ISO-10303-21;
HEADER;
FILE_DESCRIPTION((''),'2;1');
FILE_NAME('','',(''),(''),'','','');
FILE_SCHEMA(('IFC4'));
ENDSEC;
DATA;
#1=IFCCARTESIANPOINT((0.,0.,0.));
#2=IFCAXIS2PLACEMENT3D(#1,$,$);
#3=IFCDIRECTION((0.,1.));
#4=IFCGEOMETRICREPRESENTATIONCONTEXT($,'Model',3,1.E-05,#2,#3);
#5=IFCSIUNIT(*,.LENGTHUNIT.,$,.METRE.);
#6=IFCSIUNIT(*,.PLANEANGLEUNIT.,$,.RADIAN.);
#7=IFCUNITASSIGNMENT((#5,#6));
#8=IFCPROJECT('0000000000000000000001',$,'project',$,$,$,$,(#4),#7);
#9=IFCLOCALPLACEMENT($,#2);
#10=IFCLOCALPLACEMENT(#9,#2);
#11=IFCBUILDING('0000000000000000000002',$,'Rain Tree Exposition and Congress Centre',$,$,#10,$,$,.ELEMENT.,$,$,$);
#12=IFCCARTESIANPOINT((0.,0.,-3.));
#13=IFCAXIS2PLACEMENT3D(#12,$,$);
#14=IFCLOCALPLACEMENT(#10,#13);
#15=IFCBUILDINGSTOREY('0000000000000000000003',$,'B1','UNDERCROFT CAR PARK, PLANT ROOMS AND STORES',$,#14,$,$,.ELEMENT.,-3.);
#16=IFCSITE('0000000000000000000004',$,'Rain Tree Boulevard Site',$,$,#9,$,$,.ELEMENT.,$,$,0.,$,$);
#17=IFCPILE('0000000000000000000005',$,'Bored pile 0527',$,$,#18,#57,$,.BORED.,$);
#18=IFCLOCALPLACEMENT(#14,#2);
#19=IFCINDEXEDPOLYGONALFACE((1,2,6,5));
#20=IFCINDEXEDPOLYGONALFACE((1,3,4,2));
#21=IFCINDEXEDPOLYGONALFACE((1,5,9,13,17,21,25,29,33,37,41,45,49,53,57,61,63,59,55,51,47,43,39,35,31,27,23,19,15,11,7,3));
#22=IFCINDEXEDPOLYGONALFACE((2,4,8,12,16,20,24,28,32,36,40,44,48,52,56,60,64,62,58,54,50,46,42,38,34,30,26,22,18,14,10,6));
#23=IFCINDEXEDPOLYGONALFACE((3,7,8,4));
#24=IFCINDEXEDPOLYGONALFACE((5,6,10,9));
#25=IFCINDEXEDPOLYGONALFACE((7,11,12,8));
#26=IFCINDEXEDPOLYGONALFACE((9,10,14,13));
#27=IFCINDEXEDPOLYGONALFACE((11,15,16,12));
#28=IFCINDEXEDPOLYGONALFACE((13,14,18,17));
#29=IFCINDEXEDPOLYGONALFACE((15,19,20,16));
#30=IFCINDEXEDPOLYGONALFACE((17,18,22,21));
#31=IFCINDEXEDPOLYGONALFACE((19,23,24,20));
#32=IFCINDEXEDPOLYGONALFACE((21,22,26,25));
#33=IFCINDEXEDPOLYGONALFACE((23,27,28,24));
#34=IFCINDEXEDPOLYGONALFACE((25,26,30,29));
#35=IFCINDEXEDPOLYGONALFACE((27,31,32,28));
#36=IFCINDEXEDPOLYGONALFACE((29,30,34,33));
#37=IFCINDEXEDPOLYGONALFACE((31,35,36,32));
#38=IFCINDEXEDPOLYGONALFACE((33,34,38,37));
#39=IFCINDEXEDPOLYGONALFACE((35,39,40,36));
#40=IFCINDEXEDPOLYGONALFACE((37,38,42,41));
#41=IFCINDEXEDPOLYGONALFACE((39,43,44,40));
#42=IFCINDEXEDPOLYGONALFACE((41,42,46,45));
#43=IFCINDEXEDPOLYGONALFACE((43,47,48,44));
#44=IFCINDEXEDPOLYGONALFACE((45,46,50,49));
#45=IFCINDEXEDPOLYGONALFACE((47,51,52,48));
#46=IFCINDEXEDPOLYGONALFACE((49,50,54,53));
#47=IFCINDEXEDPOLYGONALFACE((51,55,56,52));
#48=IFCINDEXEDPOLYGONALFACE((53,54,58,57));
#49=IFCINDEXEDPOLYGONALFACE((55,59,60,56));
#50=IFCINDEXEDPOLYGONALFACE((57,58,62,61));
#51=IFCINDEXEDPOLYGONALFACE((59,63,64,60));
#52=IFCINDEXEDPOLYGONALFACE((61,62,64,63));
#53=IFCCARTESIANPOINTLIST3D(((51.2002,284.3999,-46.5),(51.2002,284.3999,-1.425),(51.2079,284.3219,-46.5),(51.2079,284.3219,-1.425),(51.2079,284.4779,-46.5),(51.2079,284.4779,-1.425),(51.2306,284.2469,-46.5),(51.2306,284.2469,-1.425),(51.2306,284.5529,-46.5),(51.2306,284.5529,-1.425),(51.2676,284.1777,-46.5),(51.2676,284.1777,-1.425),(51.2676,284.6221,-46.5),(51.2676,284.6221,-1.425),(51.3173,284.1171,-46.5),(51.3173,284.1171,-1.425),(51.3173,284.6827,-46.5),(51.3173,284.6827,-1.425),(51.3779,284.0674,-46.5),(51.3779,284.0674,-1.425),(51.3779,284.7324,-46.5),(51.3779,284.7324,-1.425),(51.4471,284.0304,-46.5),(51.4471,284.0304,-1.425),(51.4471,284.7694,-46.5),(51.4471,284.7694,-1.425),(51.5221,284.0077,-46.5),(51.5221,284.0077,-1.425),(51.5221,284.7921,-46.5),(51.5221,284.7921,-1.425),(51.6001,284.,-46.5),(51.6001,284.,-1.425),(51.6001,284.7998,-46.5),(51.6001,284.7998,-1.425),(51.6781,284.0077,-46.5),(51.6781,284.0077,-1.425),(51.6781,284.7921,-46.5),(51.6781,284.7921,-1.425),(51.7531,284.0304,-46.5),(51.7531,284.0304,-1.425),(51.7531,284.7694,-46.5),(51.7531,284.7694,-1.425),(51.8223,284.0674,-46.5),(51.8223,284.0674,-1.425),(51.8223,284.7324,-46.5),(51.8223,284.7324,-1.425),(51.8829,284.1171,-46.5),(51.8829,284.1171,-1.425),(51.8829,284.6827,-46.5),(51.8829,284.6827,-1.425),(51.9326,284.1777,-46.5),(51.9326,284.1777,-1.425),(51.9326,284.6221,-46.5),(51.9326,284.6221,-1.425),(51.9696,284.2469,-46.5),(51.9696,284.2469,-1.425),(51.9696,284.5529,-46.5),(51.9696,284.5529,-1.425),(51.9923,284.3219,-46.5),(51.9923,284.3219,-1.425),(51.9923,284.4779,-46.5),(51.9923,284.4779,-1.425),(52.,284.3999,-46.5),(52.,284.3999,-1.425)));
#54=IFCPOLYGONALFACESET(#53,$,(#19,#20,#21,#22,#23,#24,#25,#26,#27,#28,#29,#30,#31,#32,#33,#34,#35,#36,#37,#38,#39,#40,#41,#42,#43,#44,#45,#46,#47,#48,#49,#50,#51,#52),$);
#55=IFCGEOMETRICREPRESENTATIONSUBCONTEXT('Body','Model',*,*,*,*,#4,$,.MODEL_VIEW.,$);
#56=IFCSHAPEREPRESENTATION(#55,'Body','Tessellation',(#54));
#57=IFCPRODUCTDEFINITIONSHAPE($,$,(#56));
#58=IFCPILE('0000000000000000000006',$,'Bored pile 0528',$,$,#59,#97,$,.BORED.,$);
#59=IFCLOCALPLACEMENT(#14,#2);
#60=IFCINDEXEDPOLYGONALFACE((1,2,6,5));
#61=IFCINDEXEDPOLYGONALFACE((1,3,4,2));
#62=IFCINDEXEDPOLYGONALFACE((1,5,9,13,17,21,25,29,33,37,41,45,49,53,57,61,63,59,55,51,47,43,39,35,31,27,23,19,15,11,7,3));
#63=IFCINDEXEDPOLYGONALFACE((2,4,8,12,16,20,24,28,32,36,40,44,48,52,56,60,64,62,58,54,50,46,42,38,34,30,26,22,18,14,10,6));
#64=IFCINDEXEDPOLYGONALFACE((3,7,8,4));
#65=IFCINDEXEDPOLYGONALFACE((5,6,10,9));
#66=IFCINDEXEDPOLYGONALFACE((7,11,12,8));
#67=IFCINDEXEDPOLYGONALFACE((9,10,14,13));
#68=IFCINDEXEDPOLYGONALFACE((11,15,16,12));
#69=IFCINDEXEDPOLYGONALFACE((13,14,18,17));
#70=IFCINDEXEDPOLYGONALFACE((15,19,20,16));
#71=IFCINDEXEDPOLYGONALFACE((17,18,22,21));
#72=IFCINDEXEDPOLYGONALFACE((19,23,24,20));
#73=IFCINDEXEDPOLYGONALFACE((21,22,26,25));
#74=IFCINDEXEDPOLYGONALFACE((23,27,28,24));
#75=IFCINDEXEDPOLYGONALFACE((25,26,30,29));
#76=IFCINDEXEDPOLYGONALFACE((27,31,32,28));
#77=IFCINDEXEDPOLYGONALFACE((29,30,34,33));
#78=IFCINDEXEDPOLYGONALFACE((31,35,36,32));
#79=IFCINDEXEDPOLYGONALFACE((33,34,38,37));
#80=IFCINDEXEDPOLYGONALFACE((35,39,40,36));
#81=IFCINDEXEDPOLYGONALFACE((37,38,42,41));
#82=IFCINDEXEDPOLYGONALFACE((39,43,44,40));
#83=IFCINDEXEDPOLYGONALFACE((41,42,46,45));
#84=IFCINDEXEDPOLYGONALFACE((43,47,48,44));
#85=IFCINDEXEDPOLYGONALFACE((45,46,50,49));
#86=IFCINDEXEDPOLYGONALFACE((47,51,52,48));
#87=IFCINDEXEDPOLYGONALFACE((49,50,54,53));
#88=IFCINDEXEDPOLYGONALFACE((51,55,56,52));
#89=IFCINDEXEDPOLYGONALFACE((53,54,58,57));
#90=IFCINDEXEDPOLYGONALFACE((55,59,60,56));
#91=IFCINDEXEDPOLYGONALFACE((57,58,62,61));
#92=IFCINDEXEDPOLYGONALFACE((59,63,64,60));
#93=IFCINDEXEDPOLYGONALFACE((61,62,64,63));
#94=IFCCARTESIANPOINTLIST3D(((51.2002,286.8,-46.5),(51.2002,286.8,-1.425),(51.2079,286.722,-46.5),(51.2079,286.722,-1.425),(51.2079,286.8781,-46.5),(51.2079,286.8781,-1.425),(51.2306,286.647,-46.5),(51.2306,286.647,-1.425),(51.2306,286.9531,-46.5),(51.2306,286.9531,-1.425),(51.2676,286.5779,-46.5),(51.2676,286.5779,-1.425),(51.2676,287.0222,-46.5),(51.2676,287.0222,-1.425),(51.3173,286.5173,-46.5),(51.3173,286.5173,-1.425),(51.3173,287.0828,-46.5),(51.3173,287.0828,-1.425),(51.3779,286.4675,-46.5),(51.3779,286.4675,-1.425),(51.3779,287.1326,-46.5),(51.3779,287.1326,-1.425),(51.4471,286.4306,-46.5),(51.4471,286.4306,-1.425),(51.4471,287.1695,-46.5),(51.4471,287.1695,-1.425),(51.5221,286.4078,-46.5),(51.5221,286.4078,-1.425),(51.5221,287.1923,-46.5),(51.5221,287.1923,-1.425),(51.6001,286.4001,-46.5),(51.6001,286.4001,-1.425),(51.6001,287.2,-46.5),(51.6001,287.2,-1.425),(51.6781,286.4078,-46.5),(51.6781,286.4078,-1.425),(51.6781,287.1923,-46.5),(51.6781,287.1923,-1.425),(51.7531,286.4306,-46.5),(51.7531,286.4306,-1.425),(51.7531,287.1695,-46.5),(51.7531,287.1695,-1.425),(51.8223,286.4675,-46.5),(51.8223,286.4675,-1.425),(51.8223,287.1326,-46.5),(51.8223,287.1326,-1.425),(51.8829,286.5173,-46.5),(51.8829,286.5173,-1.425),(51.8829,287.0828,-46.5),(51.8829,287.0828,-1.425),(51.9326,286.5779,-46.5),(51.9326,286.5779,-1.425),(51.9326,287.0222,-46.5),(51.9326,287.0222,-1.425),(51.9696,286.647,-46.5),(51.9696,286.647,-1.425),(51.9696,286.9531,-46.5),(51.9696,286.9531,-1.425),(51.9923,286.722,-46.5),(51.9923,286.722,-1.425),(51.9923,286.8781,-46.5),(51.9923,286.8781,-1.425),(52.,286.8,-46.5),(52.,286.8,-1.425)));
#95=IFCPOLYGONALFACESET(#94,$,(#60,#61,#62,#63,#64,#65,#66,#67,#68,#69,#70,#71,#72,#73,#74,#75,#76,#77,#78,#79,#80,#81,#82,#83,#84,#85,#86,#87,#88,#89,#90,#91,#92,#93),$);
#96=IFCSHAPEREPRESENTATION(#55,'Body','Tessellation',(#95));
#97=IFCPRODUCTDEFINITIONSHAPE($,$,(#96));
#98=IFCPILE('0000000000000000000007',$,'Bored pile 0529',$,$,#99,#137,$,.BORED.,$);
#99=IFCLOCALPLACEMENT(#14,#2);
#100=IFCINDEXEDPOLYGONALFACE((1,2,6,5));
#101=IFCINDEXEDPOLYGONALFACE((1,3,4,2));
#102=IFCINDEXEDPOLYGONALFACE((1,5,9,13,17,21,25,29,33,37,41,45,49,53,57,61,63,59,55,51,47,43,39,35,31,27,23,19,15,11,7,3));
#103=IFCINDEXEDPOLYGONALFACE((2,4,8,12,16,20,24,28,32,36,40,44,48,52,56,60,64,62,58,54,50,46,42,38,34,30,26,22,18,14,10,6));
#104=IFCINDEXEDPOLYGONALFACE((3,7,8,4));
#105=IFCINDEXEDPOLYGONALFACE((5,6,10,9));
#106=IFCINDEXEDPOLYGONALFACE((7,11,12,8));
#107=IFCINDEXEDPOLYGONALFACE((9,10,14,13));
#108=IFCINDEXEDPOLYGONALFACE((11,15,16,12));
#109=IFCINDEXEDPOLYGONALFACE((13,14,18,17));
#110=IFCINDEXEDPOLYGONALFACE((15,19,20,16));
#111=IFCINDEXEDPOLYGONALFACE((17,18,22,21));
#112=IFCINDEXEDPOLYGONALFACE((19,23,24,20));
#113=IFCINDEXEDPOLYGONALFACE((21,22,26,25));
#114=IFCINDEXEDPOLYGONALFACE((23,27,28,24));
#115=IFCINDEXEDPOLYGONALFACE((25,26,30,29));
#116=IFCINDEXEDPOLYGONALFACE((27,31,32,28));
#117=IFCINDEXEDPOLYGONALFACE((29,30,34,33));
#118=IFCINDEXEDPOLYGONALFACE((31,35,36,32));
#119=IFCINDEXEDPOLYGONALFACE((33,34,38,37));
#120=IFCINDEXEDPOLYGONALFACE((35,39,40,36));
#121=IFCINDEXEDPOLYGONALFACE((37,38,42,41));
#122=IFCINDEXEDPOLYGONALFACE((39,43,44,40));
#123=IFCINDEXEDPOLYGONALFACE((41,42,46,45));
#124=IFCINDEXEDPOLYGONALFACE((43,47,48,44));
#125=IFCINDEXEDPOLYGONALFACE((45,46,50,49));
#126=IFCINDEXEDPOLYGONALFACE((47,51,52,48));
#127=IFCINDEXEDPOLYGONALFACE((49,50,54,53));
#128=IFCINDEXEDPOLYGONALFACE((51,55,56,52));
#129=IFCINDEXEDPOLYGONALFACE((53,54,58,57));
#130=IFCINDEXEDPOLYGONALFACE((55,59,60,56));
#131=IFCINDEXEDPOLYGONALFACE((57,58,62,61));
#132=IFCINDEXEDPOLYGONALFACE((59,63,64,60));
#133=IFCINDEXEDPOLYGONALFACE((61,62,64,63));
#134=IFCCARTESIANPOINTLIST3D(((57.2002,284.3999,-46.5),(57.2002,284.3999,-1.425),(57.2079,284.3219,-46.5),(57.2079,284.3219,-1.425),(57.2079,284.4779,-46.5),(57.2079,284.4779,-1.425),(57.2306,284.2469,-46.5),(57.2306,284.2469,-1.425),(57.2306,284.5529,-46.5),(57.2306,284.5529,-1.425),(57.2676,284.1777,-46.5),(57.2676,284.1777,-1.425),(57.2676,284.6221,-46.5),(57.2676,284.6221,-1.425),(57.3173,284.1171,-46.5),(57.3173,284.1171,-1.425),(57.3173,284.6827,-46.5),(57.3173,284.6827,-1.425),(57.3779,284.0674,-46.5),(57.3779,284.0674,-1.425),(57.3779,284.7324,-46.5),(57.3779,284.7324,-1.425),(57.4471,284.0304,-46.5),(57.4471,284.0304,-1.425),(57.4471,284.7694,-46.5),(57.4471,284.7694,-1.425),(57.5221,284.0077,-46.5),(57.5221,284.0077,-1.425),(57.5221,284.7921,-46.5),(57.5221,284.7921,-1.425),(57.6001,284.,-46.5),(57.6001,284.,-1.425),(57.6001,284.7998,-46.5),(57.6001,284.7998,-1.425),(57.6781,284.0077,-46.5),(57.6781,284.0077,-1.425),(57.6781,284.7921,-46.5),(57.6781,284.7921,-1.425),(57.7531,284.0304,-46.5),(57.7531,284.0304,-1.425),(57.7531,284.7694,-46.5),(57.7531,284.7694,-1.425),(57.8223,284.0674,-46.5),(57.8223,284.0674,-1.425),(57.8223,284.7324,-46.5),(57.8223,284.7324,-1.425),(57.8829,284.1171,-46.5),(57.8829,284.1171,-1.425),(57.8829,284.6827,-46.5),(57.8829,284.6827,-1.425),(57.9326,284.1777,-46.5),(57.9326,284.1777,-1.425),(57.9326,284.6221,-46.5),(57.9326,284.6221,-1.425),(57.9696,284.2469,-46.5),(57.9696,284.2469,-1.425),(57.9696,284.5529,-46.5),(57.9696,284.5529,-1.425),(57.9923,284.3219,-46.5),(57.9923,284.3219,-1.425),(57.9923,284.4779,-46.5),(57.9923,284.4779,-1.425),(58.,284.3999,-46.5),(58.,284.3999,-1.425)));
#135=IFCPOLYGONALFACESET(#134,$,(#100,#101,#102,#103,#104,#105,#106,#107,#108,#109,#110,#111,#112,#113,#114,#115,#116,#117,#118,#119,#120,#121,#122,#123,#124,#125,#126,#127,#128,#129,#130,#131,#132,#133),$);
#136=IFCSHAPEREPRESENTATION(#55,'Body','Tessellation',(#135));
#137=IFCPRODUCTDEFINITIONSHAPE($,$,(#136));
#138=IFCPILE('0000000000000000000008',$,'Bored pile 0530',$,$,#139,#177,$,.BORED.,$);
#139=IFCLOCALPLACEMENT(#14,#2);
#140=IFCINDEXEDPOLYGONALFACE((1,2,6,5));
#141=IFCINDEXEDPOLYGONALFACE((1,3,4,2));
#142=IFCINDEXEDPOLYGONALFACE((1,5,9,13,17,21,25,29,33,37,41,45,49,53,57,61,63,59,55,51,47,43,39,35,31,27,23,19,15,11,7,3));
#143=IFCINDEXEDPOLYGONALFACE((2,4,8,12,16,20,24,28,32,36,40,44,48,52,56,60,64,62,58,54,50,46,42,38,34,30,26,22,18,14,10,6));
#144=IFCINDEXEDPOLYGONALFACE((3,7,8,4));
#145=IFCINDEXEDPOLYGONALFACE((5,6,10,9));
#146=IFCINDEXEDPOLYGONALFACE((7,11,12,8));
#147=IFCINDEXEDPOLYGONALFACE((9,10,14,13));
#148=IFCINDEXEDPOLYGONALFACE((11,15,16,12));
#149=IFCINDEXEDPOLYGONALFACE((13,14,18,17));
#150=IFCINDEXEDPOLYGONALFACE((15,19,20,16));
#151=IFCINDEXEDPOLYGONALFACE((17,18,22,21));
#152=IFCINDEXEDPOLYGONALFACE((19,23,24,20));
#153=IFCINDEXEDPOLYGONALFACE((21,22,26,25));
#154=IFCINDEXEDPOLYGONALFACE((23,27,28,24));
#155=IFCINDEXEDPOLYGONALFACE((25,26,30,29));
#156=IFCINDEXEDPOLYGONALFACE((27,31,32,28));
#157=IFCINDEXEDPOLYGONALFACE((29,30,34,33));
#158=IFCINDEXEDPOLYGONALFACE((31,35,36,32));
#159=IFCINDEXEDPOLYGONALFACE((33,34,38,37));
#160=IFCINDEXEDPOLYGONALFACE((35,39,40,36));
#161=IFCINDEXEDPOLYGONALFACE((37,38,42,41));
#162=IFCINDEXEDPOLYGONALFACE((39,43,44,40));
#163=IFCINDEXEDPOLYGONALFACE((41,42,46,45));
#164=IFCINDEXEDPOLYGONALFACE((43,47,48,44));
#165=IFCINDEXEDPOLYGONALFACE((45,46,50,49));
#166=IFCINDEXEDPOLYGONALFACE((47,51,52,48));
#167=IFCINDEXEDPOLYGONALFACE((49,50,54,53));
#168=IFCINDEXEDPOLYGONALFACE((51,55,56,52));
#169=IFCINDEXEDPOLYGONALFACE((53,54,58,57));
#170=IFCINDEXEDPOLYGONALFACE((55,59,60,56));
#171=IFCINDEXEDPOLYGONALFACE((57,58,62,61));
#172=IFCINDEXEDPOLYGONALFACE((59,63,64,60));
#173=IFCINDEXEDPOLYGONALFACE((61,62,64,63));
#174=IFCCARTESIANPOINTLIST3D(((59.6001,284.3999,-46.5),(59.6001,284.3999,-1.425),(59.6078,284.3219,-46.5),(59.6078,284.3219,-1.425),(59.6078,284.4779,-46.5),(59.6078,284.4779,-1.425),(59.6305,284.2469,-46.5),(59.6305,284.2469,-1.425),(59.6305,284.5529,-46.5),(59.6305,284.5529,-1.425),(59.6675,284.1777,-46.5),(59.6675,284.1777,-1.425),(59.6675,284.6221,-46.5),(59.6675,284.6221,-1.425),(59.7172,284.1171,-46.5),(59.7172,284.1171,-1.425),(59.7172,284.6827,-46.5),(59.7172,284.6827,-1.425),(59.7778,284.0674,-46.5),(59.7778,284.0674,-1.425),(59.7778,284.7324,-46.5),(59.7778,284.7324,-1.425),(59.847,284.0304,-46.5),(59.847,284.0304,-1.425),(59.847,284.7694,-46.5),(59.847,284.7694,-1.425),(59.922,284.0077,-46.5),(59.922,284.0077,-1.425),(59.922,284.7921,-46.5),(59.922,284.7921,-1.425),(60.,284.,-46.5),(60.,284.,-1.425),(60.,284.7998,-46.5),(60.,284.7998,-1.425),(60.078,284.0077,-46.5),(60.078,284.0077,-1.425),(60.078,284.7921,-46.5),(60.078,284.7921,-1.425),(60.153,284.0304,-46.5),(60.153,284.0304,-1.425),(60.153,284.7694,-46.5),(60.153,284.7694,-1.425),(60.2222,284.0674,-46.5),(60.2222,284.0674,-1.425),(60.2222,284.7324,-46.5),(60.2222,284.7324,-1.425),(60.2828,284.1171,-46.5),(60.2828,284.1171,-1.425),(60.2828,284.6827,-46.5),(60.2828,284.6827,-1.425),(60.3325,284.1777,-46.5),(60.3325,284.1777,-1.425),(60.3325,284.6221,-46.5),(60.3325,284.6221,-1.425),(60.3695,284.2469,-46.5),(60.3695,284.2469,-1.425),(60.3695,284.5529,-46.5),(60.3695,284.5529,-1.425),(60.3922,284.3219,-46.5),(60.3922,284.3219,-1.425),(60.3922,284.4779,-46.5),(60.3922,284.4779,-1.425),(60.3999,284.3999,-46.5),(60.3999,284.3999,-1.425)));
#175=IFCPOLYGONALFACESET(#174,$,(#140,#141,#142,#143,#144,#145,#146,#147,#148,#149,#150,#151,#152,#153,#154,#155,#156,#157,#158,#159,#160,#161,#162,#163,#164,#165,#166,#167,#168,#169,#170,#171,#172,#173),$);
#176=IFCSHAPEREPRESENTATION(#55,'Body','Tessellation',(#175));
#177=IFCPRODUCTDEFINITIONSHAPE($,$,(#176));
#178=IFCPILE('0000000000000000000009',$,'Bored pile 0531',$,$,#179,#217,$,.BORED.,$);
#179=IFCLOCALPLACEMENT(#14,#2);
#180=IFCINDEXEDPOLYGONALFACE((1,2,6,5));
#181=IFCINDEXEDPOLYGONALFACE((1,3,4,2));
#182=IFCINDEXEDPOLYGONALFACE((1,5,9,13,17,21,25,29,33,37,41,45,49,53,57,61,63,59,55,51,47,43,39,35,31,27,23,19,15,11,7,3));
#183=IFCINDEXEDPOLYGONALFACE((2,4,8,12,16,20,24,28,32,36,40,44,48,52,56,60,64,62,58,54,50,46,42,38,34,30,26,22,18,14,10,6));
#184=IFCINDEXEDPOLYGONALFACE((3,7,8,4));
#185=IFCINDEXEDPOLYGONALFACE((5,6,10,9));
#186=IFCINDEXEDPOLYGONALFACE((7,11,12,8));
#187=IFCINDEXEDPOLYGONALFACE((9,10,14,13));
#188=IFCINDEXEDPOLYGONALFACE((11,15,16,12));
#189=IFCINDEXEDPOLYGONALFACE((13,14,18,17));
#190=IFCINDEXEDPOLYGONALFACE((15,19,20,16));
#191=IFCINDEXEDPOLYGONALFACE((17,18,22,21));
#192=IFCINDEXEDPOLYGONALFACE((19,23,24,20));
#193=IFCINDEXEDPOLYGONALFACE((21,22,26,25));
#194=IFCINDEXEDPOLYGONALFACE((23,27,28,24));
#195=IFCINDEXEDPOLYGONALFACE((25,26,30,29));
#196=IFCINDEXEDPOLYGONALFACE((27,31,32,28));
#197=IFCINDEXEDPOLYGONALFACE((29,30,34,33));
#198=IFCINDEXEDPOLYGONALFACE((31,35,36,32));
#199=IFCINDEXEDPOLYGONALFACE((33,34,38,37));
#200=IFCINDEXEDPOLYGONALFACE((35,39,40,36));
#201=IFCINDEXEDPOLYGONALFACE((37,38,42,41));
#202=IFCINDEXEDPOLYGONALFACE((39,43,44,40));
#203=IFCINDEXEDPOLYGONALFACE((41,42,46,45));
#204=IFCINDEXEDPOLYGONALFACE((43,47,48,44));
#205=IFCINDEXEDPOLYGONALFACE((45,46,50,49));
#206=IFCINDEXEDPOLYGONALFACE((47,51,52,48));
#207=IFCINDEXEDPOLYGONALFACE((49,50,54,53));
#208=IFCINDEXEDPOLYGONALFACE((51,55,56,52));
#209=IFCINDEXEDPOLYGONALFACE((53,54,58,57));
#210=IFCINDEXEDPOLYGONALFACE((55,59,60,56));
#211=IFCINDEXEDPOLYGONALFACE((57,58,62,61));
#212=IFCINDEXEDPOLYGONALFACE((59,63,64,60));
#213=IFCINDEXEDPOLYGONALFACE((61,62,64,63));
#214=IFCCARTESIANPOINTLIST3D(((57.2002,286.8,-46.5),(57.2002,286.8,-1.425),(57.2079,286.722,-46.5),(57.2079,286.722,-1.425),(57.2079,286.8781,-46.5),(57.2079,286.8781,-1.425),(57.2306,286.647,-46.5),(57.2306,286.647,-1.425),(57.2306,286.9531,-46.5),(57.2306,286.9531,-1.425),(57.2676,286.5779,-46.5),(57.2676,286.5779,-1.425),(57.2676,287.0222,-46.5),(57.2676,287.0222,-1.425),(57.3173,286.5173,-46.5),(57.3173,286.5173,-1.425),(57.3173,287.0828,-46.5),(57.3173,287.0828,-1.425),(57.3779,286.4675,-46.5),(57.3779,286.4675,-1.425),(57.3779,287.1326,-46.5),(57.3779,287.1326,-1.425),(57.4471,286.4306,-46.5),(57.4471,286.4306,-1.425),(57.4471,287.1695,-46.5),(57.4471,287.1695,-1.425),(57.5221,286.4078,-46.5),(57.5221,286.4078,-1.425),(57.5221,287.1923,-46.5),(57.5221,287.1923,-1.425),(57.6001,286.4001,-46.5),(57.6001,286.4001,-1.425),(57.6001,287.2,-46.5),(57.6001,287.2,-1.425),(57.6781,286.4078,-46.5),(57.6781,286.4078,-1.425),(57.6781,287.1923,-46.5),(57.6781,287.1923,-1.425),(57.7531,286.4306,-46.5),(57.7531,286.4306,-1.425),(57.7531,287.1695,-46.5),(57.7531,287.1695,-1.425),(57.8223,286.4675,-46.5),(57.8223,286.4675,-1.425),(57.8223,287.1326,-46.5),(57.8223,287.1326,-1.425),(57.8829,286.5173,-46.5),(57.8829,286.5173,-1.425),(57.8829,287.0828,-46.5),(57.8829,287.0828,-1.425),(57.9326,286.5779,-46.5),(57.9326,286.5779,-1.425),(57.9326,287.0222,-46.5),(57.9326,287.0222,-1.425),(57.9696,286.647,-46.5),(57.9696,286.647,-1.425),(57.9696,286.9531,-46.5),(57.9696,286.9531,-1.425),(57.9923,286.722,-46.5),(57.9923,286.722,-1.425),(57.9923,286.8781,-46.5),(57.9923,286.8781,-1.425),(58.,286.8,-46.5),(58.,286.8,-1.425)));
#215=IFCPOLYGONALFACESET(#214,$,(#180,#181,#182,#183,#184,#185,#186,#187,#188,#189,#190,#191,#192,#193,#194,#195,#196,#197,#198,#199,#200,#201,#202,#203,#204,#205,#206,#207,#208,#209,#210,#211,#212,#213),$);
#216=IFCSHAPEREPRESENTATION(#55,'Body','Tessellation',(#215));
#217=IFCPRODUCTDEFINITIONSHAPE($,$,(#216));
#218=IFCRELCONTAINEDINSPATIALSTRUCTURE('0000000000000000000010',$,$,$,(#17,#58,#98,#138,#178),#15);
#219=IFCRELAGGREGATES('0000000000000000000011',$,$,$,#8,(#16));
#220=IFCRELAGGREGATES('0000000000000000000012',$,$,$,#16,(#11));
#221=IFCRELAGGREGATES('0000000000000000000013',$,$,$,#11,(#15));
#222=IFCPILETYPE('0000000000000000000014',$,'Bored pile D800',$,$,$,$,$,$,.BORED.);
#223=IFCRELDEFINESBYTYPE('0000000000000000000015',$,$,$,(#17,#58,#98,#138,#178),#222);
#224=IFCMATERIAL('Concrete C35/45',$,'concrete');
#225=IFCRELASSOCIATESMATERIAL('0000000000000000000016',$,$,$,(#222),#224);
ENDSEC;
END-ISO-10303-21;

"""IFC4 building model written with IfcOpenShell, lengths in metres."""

from ifc_helpers import new_model, si_unit, direction, frame, origin, origin_2d, place, context, subcontext, project, spatial, circle, extrude, material, material_profile, profile_set, type_object, element, save


model = new_model("IFC4")

# Units and contexts
model_context = context("Model", 3, precision=1e-05, world=origin(), true_north=direction((0.0, 1.0)))
body_context = subcontext(model_context, "Body", "Model", "MODEL_VIEW")
ifc_project = project(units=[si_unit("LENGTHUNIT", "METRE"), si_unit("PLANEANGLEUNIT", "RADIAN")], contexts=[model_context])

# Site, building, storey
site_placement = place(None, origin())
site = spatial("IfcSite", under=ifc_project, at=site_placement, Name="Rain Tree Boulevard Site", CompositionType="ELEMENT", RefElevation=0.0)
building_placement = place(site_placement, origin())
building = spatial("IfcBuilding", under=site, at=building_placement, Name="Rain Tree Exposition and Congress Centre", CompositionType="ELEMENT")
storey_placement = place(building_placement, frame((0.0, 0.0, -3.0)))
storey = spatial("IfcBuildingStorey", under=building, at=storey_placement, Name="B1", Description="UNDERCROFT CAR PARK, PLANT ROOMS AND STORES", CompositionType="ELEMENT", Elevation=-3.0)

# Piles
ifc_material_1 = material(Name="Concrete C35/45", Category="concrete")
ifc_material_profile_1 = material_profile(ifc_material_1, circle(Radius=0.3999, at=origin_2d()), Name="D800")
ifc_profile_set_1 = profile_set([ifc_material_profile_1], Name="Concrete C35/45")
pile_type_1 = type_object("IfcPileType", Name="Bored pile D800", PredefinedType="BORED", material=ifc_profile_set_1)
for number, where, z_axis, x_axis, name in (
    (1, (51.6001, 284.3999, -1.425), (0.0, 0.0, -1.0), (1.0, 0.0, 0.0), "Bored pile 0527"),
    (2, (51.6001, 286.8, -1.425), (0.0, 0.0, -1.0), (1.0, 0.0, 0.0), "Bored pile 0528"),
    (3, (57.6001, 284.3999, -1.425), (0.0, 0.0, -1.0), (1.0, 0.0, 0.0), "Bored pile 0529"),
    (4, (60.0, 284.3999, -1.425), (0.0, 0.0, -1.0), (1.0, 0.0, 0.0), "Bored pile 0530"),
    (5, (57.6001, 286.8, -1.425), (0.0, 0.0, -1.0), (1.0, 0.0, 0.0), "Bored pile 0531"),
):
    element("IfcPile", number, at=place(storey_placement, frame(where, z_axis=z_axis, x_axis=x_axis)), inside=storey, type_object=pile_type_1, Name=name, PredefinedType="BORED", context=body_context, shape_type="SweptSolid", body=[
        extrude(circle(Radius=0.3999, at=origin_2d()), origin(), (0.0, 0.0, 1.0), 45.075),
    ])

save(model, "model.ifc")
